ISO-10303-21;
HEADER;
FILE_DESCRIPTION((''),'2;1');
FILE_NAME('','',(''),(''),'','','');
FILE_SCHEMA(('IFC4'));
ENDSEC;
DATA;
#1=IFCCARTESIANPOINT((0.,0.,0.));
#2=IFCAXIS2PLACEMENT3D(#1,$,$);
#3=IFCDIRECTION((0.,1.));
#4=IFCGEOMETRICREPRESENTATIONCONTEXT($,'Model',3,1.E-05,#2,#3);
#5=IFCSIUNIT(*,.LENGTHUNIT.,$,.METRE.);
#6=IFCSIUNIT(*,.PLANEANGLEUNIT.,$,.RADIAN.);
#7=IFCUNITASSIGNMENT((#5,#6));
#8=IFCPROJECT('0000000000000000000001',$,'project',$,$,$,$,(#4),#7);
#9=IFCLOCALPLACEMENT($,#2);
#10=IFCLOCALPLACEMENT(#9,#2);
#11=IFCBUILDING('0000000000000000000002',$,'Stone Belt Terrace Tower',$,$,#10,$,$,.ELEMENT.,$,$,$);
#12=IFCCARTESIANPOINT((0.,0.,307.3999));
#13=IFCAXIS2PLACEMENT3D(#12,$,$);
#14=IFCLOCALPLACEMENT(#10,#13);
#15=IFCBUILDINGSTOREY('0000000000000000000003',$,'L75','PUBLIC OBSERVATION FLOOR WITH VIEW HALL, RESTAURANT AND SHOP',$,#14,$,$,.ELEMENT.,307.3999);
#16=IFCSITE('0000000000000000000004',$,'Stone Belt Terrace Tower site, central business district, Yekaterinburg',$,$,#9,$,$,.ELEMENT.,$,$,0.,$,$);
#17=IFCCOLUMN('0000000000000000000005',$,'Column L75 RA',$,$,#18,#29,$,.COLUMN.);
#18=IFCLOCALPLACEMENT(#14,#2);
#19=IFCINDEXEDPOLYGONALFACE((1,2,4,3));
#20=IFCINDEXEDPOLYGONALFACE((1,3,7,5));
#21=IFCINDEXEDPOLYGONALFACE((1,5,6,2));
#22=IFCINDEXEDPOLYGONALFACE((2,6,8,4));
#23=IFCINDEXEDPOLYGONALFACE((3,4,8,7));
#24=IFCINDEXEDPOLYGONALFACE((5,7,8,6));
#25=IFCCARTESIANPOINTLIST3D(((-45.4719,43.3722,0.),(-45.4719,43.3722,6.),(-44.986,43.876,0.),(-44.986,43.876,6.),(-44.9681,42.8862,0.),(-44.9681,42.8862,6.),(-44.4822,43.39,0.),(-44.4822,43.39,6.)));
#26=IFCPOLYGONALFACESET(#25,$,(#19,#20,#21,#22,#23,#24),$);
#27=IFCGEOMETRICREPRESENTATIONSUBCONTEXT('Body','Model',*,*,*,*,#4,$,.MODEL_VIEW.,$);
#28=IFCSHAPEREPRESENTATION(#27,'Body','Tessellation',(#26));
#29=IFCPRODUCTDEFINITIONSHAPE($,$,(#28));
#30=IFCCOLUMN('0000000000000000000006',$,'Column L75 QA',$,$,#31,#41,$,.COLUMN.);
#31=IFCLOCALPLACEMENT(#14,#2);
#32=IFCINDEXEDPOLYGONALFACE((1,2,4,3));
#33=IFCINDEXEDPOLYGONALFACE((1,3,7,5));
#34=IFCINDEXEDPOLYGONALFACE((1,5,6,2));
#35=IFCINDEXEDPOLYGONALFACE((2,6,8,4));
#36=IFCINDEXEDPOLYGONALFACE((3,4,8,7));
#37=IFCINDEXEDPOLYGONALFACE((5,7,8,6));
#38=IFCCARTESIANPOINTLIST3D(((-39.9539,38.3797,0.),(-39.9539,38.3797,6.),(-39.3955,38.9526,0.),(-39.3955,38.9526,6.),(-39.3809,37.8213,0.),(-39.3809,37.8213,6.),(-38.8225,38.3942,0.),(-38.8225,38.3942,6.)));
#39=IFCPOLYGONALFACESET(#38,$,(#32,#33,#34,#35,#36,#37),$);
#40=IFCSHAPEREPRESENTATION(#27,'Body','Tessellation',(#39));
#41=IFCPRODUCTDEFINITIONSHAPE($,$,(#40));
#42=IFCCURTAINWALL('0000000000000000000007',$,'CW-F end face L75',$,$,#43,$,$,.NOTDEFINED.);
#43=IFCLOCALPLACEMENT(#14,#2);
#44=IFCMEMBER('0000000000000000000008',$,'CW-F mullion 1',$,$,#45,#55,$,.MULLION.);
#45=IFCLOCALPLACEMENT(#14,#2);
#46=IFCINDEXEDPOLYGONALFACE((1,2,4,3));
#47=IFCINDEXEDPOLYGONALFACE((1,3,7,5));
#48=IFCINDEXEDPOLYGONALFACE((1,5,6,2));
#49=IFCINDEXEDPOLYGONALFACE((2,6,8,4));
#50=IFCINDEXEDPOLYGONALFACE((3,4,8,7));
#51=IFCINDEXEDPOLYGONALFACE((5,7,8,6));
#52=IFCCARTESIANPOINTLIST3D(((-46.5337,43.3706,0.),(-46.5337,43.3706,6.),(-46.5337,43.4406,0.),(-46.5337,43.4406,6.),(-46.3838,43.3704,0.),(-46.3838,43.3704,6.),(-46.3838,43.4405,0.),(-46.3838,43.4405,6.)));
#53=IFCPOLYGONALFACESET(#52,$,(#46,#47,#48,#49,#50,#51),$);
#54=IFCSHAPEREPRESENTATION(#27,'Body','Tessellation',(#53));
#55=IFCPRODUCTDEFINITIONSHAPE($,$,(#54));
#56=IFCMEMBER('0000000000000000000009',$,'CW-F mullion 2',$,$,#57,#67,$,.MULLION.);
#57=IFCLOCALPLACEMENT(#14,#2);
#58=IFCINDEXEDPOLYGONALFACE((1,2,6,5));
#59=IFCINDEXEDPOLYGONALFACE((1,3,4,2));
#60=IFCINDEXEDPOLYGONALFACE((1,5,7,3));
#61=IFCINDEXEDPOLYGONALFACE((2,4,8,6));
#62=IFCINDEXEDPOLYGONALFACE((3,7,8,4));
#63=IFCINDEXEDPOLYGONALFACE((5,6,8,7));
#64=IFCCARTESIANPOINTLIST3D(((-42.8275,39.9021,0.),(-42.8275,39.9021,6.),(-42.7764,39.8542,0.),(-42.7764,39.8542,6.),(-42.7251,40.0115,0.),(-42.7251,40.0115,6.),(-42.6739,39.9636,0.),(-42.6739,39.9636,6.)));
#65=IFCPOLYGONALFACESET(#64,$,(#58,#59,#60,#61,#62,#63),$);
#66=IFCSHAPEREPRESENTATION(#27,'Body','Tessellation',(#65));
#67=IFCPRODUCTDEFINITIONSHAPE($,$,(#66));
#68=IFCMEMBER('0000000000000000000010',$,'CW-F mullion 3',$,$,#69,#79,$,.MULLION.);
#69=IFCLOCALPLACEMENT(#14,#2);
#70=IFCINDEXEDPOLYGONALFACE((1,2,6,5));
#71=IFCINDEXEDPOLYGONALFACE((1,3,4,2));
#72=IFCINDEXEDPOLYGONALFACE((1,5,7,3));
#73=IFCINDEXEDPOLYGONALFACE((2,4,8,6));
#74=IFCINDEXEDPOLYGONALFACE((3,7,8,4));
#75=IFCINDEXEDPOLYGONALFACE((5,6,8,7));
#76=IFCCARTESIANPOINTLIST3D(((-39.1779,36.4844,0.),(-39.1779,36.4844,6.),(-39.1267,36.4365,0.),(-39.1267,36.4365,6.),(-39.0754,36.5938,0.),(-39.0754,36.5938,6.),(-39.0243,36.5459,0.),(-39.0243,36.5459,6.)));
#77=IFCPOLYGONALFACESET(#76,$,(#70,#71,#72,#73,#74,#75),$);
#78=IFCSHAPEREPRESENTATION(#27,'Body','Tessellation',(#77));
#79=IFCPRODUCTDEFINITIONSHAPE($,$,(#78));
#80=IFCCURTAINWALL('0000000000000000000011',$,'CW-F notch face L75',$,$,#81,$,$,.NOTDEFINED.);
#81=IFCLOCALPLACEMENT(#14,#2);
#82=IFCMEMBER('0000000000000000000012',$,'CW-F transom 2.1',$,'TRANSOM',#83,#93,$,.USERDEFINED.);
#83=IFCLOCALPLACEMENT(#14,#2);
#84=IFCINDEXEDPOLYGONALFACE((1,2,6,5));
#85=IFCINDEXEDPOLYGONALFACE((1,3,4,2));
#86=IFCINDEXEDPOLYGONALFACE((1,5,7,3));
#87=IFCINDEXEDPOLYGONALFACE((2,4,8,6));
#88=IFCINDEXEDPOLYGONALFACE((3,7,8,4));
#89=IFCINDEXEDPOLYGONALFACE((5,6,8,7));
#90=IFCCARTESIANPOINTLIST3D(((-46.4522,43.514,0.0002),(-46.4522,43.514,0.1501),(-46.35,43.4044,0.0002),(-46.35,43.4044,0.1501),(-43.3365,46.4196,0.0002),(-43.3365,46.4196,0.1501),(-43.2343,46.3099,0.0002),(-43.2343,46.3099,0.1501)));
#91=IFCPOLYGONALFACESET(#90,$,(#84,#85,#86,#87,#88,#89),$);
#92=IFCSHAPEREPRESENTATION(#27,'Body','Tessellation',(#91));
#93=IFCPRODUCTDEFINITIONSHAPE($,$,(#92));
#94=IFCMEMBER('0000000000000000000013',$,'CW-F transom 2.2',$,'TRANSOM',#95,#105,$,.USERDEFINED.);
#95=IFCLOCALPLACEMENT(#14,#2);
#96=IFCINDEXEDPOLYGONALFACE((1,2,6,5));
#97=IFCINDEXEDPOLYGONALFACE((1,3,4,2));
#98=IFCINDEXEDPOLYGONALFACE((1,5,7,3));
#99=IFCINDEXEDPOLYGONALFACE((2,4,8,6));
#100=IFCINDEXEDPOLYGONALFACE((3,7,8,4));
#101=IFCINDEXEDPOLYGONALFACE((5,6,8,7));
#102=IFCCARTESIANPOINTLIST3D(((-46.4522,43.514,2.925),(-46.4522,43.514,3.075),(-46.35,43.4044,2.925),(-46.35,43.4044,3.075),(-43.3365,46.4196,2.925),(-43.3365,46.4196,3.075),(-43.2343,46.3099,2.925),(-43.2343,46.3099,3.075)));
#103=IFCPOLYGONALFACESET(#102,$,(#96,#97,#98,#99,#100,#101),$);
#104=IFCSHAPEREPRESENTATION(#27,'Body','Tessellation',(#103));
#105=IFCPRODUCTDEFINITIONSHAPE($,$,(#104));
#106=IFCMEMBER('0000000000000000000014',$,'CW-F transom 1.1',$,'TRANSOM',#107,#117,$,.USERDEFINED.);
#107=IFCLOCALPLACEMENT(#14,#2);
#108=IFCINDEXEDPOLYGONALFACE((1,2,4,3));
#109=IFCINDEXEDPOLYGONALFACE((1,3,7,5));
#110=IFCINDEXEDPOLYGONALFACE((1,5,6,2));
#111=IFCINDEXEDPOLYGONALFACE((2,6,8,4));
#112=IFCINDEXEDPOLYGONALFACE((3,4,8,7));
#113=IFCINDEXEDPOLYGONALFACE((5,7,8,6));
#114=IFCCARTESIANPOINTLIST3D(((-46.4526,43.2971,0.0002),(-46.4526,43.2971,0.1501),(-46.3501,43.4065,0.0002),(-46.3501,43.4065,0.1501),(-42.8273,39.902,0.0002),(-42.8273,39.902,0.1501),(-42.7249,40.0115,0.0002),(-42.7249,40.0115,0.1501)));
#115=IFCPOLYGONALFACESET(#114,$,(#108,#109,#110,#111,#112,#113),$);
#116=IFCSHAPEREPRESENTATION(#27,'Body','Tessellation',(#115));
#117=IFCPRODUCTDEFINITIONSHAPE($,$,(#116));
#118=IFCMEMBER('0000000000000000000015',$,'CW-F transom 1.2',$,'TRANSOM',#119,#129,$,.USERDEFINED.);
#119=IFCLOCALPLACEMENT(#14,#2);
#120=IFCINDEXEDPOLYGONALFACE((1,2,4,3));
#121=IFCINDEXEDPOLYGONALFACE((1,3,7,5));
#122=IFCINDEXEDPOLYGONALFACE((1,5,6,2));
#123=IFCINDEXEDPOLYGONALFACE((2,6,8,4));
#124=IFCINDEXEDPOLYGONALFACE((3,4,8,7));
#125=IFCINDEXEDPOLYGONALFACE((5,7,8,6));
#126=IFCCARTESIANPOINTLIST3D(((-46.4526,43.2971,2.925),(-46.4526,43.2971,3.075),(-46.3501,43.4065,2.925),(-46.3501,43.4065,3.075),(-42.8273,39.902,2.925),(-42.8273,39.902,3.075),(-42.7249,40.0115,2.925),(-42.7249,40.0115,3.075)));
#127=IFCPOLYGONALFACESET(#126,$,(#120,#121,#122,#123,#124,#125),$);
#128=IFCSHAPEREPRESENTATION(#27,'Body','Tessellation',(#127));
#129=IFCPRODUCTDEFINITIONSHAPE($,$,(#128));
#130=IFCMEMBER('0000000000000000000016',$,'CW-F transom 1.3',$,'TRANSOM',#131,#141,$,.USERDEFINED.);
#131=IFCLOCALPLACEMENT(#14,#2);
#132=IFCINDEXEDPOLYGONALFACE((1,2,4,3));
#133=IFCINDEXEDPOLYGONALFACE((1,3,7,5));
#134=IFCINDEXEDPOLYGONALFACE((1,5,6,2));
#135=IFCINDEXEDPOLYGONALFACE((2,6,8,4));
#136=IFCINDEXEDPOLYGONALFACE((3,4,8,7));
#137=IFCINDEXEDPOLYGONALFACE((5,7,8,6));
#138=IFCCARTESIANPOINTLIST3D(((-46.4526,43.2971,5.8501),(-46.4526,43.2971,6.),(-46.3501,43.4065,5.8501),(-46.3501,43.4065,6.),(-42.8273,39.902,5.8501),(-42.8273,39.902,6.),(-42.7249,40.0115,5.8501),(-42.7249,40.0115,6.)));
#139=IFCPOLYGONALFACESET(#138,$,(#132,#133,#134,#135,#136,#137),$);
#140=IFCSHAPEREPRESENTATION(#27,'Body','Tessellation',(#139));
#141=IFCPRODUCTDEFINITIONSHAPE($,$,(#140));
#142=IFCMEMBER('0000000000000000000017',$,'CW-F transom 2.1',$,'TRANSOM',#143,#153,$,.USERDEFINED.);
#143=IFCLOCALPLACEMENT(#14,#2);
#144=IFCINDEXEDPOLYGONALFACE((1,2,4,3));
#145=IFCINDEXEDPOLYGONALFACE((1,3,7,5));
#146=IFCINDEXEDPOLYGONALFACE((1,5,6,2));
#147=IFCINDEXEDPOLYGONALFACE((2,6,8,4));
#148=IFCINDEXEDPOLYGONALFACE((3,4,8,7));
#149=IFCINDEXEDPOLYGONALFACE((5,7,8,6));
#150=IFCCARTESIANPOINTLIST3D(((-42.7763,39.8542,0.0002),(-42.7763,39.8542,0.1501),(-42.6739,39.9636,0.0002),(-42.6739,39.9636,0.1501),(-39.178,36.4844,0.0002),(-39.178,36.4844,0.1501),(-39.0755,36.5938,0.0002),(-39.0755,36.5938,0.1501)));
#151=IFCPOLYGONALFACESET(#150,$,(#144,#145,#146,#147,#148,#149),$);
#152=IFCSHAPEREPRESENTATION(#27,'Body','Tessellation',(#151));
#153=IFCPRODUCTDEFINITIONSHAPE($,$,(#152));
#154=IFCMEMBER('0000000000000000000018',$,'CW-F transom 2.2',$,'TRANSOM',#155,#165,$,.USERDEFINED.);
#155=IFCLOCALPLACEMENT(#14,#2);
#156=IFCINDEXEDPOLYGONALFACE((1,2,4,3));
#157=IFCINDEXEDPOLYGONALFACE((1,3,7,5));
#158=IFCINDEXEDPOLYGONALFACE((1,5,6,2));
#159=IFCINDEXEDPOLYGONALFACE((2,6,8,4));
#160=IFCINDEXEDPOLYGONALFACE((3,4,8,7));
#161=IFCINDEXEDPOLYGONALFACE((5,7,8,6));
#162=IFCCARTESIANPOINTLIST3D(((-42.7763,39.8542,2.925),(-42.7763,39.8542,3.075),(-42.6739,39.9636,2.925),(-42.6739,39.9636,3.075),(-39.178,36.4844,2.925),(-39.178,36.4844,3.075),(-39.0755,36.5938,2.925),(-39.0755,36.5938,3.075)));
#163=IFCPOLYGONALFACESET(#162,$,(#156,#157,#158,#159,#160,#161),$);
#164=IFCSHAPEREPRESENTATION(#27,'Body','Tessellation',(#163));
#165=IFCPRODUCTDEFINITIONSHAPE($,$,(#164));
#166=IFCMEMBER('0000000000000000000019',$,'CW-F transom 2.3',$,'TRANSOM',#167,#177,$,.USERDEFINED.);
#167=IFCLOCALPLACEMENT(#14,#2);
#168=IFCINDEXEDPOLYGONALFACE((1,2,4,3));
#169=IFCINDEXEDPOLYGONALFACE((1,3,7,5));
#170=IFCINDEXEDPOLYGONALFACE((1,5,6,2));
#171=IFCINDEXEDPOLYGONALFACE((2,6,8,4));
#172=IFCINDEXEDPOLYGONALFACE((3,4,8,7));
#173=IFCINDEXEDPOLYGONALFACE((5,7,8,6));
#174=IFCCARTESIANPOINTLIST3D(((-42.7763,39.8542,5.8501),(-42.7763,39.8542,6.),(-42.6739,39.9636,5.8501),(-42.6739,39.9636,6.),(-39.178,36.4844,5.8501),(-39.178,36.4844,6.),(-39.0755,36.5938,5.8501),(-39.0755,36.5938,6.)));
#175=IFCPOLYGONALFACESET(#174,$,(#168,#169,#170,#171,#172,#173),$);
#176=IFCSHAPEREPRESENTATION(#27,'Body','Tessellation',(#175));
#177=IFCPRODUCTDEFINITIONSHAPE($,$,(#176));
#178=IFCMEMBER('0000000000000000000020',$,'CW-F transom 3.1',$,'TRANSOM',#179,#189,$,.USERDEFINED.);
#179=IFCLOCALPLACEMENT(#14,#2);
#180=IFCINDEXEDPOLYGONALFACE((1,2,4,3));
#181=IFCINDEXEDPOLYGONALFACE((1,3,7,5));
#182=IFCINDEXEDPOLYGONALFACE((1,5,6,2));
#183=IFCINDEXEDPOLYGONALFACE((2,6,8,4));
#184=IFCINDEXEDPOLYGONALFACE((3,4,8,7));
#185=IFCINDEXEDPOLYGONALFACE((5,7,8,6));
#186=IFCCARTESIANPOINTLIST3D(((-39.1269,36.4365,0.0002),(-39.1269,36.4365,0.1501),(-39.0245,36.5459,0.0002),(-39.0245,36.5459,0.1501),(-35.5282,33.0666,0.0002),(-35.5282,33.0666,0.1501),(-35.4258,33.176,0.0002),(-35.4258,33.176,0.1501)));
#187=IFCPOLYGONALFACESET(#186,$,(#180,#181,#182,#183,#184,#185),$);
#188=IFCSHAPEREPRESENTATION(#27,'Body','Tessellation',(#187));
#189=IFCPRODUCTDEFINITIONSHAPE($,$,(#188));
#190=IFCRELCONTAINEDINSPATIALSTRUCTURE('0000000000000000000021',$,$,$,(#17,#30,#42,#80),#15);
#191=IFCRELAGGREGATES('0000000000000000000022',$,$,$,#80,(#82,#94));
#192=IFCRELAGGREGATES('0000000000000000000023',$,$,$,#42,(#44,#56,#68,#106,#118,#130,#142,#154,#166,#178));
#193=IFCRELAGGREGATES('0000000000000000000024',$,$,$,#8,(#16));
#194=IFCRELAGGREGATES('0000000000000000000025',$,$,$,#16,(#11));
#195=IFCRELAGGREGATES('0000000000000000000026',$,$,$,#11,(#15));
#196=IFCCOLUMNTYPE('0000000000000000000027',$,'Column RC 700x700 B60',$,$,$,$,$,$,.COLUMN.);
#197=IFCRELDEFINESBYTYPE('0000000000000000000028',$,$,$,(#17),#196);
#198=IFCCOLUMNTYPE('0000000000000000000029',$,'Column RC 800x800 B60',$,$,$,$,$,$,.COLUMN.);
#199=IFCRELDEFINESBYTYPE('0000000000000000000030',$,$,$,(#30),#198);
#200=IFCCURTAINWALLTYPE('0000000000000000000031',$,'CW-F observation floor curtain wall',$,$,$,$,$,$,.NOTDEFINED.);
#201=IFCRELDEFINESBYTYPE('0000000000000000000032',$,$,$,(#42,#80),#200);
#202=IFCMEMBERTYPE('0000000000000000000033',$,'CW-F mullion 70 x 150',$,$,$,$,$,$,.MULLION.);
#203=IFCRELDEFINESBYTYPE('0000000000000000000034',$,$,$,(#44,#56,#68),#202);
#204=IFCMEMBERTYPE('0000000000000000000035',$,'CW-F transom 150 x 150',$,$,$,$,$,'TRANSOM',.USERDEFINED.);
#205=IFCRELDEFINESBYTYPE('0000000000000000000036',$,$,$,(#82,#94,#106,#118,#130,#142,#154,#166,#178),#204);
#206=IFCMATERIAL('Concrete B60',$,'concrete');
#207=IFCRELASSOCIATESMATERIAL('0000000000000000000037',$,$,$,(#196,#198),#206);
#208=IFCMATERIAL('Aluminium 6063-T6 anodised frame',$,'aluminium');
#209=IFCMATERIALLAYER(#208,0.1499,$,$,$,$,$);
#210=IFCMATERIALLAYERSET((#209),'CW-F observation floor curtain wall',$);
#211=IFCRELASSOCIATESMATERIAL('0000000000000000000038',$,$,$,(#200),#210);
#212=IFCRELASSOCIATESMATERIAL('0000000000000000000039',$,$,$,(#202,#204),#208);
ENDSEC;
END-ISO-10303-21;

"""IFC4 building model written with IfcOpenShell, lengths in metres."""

from ifc_helpers import new_model, si_unit, direction, frame, origin, origin_2d, place, context, subcontext, project, spatial, rectangle, extrude, material, layer, layer_set, material_profile, profile_set, type_object, element, aggregate, save


model = new_model("IFC4")

# Units and contexts
model_context = context("Model", 3, precision=1e-05, world=origin(), true_north=direction((0.0, 1.0)))
body_context = subcontext(model_context, "Body", "Model", "MODEL_VIEW")
ifc_project = project(units=[si_unit("LENGTHUNIT", "METRE"), si_unit("PLANEANGLEUNIT", "RADIAN")], contexts=[model_context])

# Site, building, storey
site_placement = place(None, origin())
site = spatial("IfcSite", under=ifc_project, at=site_placement, Name="Stone Belt Terrace Tower site, central business district, Yekaterinburg", CompositionType="ELEMENT", RefElevation=0.0)
building_placement = place(site_placement, origin())
building = spatial("IfcBuilding", under=site, at=building_placement, Name="Stone Belt Terrace Tower", CompositionType="ELEMENT")
storey_placement = place(building_placement, frame((0.0, 0.0, 307.3999)))
storey = spatial("IfcBuildingStorey", under=building, at=storey_placement, Name="L75", Description="PUBLIC OBSERVATION FLOOR WITH VIEW HALL, RESTAURANT AND SHOP", CompositionType="ELEMENT", Elevation=307.3999)

# Columns
ifc_material_1 = material(Name="Concrete B60", Category="concrete")
ifc_material_profile_1 = material_profile(ifc_material_1, rectangle(XDim=0.7, YDim=0.7, at=origin_2d()), Name="RC 700x700")
ifc_profile_set_1 = profile_set([ifc_material_profile_1], Name="Concrete B60")
column_type_1 = type_object("IfcColumnType", Name="Column RC 700x700 B60", PredefinedType="COLUMN", material=ifc_profile_set_1)
column_1_placement = place(storey_placement, frame((-44.9771, 43.3811, 0.0), z_axis=(0.0, 0.0, 1.0), x_axis=(0.694221, 0.719762, 0.0)))
element("IfcColumn", 1, at=column_1_placement, inside=storey, type_object=column_type_1, Name="Column L75 RA", PredefinedType="COLUMN", context=body_context, shape_type="SweptSolid", body=[
    extrude(rectangle(XDim=0.7, YDim=0.7, at=origin_2d()), origin(), (0.0, 0.0, 1.0), 6.0),
])
ifc_material_profile_2 = material_profile(ifc_material_1, rectangle(XDim=0.8, YDim=0.8, at=origin_2d()), Name="RC 800x800")
ifc_profile_set_2 = profile_set([ifc_material_profile_2], Name="Concrete B60")
column_type_2 = type_object("IfcColumnType", Name="Column RC 800x800 B60", PredefinedType="COLUMN", material=ifc_profile_set_2)
column_2_placement = place(storey_placement, frame((-39.3882, 38.387, 0.0), z_axis=(0.0, 0.0, 1.0), x_axis=(0.697944, 0.716152, 0.0)))
element("IfcColumn", 2, at=column_2_placement, inside=storey, type_object=column_type_2, Name="Column L75 QA", PredefinedType="COLUMN", context=body_context, shape_type="SweptSolid", body=[
    extrude(rectangle(XDim=0.8, YDim=0.8, at=origin_2d()), origin(), (0.0, 0.0, 1.0), 6.0),
])

# Curtain walls, members
ifc_material_2 = material(Name="Aluminium 6063-T6 anodised frame", Category="aluminium")
ifc_layer_1 = layer(ifc_material_2, 0.1499)
ifc_layer_set_1 = layer_set([ifc_layer_1], Name="CW-F observation floor curtain wall")
curtain_wall_type = type_object("IfcCurtainWallType", Name="CW-F observation floor curtain wall", PredefinedType="NOTDEFINED", material=ifc_layer_set_1)
curtain_wall_1_placement = place(storey_placement, origin())
curtain_wall_1 = element("IfcCurtainWall", 3, at=curtain_wall_1_placement, inside=storey, type_object=curtain_wall_type, Name="CW-F end face L75", PredefinedType="NOTDEFINED")
ifc_material_profile_3 = material_profile(ifc_material_2, rectangle(XDim=0.1499, YDim=0.0701, at=origin_2d()), Name="Aluminium 6063-T6 70x150")
ifc_profile_set_3 = profile_set([ifc_material_profile_3], Name="Aluminium 6063-T6 anodised frame")
member_type_1 = type_object("IfcMemberType", Name="CW-F mullion 70 x 150", PredefinedType="MULLION", material=ifc_profile_set_3)
member_1_placement = place(storey_placement, frame((-46.4587, 43.4055, 0.0), z_axis=(0.0, 0.0, 1.0), x_axis=(0.999999, -0.001051, 0.0)))
member_1 = element("IfcMember", 4, at=member_1_placement, type_object=member_type_1, Name="CW-F mullion 1", PredefinedType="MULLION", context=body_context, shape_type="SweptSolid", body=[
    extrude(rectangle(XDim=0.1499, YDim=0.0701, at=origin_2d()), origin(), (0.0, 0.0, 1.0), 6.0),
])
member_2_placement = place(storey_placement, frame((-42.7507, 39.9329, 0.0), z_axis=(0.0, 0.0, 1.0), x_axis=(0.683549, 0.729904, 0.0)))
member_2 = element("IfcMember", 5, at=member_2_placement, type_object=member_type_1, Name="CW-F mullion 2", PredefinedType="MULLION", context=body_context, shape_type="SweptSolid", body=[
    extrude(rectangle(XDim=0.1499, YDim=0.0701, at=origin_2d()), origin(), (0.0, 0.0, 1.0), 6.0),
])
member_3_placement = place(storey_placement, frame((-39.1011, 36.5151, 0.0), z_axis=(0.0, 0.0, 1.0), x_axis=(0.683549, 0.729904, 0.0)))
member_3 = element("IfcMember", 6, at=member_3_placement, type_object=member_type_1, Name="CW-F mullion 3", PredefinedType="MULLION", context=body_context, shape_type="SweptSolid", body=[
    extrude(rectangle(XDim=0.1499, YDim=0.0701, at=origin_2d()), origin(), (0.0, 0.0, 1.0), 6.0),
])
curtain_wall_2_placement = place(storey_placement, origin())
curtain_wall_2 = element("IfcCurtainWall", 7, at=curtain_wall_2_placement, inside=storey, type_object=curtain_wall_type, Name="CW-F notch face L75", PredefinedType="NOTDEFINED")
ifc_material_profile_4 = material_profile(ifc_material_2, rectangle(XDim=0.1499, YDim=0.1499, at=origin_2d()), Name="Aluminium 6063-T6 150x150")
ifc_profile_set_4 = profile_set([ifc_material_profile_4], Name="Aluminium 6063-T6 anodised frame")
member_type_2 = type_object("IfcMemberType", Name="CW-F transom 150 x 150", ElementType="TRANSOM", PredefinedType="USERDEFINED", material=ifc_profile_set_4)
member_4_placement = place(storey_placement, frame((-43.2854, 46.3647, 0.0752), z_axis=(-0.731347, -0.682006, 0.0), x_axis=(0.682006, -0.731347, 0.0)))
member_4 = element("IfcMember", 8, at=member_4_placement, type_object=member_type_2, Name="CW-F transom 2.1", ObjectType="TRANSOM", PredefinedType="USERDEFINED", context=body_context, shape_type="SweptSolid", body=[
    extrude(rectangle(XDim=0.1499, YDim=0.1499, at=origin_2d()), origin(), (0.0, 0.0, 1.0), 4.2603),
])
member_5_placement = place(storey_placement, frame((-43.2854, 46.3647, 3.0), z_axis=(-0.731347, -0.682006, 0.0), x_axis=(0.682006, -0.731347, 0.0)))
member_5 = element("IfcMember", 9, at=member_5_placement, type_object=member_type_2, Name="CW-F transom 2.2", ObjectType="TRANSOM", PredefinedType="USERDEFINED", context=body_context, shape_type="SweptSolid", body=[
    extrude(rectangle(XDim=0.1499, YDim=0.1499, at=origin_2d()), origin(), (0.0, 0.0, 1.0), 4.2603),
])

# Members
member_6_placement = place(storey_placement, frame((-46.4014, 43.3518, 0.0752), z_axis=(0.729903, -0.68355, 0.0), x_axis=(0.68355, 0.729903, 0.0)))
member_6 = element("IfcMember", 10, at=member_6_placement, type_object=member_type_2, Name="CW-F transom 1.1", ObjectType="TRANSOM", PredefinedType="USERDEFINED", context=body_context, shape_type="SweptSolid", body=[
    extrude(rectangle(XDim=0.1499, YDim=0.1499, at=origin_2d()), origin(), (0.0, 0.0, 1.0), 4.9668),
])
member_7_placement = place(storey_placement, frame((-46.4014, 43.3518, 3.0), z_axis=(0.729903, -0.68355, 0.0), x_axis=(0.68355, 0.729903, 0.0)))
member_7 = element("IfcMember", 11, at=member_7_placement, type_object=member_type_2, Name="CW-F transom 1.2", ObjectType="TRANSOM", PredefinedType="USERDEFINED", context=body_context, shape_type="SweptSolid", body=[
    extrude(rectangle(XDim=0.1499, YDim=0.1499, at=origin_2d()), origin(), (0.0, 0.0, 1.0), 4.9668),
])
member_8_placement = place(storey_placement, frame((-46.4014, 43.3518, 5.925), z_axis=(0.729903, -0.68355, 0.0), x_axis=(0.68355, 0.729903, 0.0)))
member_8 = element("IfcMember", 12, at=member_8_placement, type_object=member_type_2, Name="CW-F transom 1.3", ObjectType="TRANSOM", PredefinedType="USERDEFINED", context=body_context, shape_type="SweptSolid", body=[
    extrude(rectangle(XDim=0.1499, YDim=0.1499, at=origin_2d()), origin(), (0.0, 0.0, 1.0), 4.9668),
])
member_9_placement = place(storey_placement, frame((-42.7251, 39.9089, 0.0752), z_axis=(0.729903, -0.683551, 0.0), x_axis=(0.683551, 0.729903, 0.0)))
member_9 = element("IfcMember", 13, at=member_9_placement, type_object=member_type_2, Name="CW-F transom 2.1", ObjectType="TRANSOM", PredefinedType="USERDEFINED", context=body_context, shape_type="SweptSolid", body=[
    extrude(rectangle(XDim=0.1499, YDim=0.1499, at=origin_2d()), origin(), (0.0, 0.0, 1.0), 4.9299),
])
member_10_placement = place(storey_placement, frame((-42.7251, 39.9089, 3.0), z_axis=(0.729903, -0.683551, 0.0), x_axis=(0.683551, 0.729903, 0.0)))
member_10 = element("IfcMember", 14, at=member_10_placement, type_object=member_type_2, Name="CW-F transom 2.2", ObjectType="TRANSOM", PredefinedType="USERDEFINED", context=body_context, shape_type="SweptSolid", body=[
    extrude(rectangle(XDim=0.1499, YDim=0.1499, at=origin_2d()), origin(), (0.0, 0.0, 1.0), 4.9299),
])
member_11_placement = place(storey_placement, frame((-42.7251, 39.9089, 5.925), z_axis=(0.729903, -0.683551, 0.0), x_axis=(0.683551, 0.729903, 0.0)))
member_11 = element("IfcMember", 15, at=member_11_placement, type_object=member_type_2, Name="CW-F transom 2.3", ObjectType="TRANSOM", PredefinedType="USERDEFINED", context=body_context, shape_type="SweptSolid", body=[
    extrude(rectangle(XDim=0.1499, YDim=0.1499, at=origin_2d()), origin(), (0.0, 0.0, 1.0), 4.9299),
])
member_12_placement = place(storey_placement, frame((-39.0757, 36.4912, 0.0752), z_axis=(0.729926, -0.683526, 0.0), x_axis=(0.683526, 0.729926, 0.0)))
member_12 = element("IfcMember", 16, at=member_12_placement, type_object=member_type_2, Name="CW-F transom 3.1", ObjectType="TRANSOM", PredefinedType="USERDEFINED", context=body_context, shape_type="SweptSolid", body=[
    extrude(rectangle(XDim=0.1499, YDim=0.1499, at=origin_2d()), origin(), (0.0, 0.0, 1.0), 4.9302),
])

aggregate(curtain_wall_2, [member_4, member_5])
aggregate(curtain_wall_1, [member_1, member_2, member_3, member_6, member_7, member_8, member_9, member_10, member_11, member_12])

save(model, "model.ifc")
